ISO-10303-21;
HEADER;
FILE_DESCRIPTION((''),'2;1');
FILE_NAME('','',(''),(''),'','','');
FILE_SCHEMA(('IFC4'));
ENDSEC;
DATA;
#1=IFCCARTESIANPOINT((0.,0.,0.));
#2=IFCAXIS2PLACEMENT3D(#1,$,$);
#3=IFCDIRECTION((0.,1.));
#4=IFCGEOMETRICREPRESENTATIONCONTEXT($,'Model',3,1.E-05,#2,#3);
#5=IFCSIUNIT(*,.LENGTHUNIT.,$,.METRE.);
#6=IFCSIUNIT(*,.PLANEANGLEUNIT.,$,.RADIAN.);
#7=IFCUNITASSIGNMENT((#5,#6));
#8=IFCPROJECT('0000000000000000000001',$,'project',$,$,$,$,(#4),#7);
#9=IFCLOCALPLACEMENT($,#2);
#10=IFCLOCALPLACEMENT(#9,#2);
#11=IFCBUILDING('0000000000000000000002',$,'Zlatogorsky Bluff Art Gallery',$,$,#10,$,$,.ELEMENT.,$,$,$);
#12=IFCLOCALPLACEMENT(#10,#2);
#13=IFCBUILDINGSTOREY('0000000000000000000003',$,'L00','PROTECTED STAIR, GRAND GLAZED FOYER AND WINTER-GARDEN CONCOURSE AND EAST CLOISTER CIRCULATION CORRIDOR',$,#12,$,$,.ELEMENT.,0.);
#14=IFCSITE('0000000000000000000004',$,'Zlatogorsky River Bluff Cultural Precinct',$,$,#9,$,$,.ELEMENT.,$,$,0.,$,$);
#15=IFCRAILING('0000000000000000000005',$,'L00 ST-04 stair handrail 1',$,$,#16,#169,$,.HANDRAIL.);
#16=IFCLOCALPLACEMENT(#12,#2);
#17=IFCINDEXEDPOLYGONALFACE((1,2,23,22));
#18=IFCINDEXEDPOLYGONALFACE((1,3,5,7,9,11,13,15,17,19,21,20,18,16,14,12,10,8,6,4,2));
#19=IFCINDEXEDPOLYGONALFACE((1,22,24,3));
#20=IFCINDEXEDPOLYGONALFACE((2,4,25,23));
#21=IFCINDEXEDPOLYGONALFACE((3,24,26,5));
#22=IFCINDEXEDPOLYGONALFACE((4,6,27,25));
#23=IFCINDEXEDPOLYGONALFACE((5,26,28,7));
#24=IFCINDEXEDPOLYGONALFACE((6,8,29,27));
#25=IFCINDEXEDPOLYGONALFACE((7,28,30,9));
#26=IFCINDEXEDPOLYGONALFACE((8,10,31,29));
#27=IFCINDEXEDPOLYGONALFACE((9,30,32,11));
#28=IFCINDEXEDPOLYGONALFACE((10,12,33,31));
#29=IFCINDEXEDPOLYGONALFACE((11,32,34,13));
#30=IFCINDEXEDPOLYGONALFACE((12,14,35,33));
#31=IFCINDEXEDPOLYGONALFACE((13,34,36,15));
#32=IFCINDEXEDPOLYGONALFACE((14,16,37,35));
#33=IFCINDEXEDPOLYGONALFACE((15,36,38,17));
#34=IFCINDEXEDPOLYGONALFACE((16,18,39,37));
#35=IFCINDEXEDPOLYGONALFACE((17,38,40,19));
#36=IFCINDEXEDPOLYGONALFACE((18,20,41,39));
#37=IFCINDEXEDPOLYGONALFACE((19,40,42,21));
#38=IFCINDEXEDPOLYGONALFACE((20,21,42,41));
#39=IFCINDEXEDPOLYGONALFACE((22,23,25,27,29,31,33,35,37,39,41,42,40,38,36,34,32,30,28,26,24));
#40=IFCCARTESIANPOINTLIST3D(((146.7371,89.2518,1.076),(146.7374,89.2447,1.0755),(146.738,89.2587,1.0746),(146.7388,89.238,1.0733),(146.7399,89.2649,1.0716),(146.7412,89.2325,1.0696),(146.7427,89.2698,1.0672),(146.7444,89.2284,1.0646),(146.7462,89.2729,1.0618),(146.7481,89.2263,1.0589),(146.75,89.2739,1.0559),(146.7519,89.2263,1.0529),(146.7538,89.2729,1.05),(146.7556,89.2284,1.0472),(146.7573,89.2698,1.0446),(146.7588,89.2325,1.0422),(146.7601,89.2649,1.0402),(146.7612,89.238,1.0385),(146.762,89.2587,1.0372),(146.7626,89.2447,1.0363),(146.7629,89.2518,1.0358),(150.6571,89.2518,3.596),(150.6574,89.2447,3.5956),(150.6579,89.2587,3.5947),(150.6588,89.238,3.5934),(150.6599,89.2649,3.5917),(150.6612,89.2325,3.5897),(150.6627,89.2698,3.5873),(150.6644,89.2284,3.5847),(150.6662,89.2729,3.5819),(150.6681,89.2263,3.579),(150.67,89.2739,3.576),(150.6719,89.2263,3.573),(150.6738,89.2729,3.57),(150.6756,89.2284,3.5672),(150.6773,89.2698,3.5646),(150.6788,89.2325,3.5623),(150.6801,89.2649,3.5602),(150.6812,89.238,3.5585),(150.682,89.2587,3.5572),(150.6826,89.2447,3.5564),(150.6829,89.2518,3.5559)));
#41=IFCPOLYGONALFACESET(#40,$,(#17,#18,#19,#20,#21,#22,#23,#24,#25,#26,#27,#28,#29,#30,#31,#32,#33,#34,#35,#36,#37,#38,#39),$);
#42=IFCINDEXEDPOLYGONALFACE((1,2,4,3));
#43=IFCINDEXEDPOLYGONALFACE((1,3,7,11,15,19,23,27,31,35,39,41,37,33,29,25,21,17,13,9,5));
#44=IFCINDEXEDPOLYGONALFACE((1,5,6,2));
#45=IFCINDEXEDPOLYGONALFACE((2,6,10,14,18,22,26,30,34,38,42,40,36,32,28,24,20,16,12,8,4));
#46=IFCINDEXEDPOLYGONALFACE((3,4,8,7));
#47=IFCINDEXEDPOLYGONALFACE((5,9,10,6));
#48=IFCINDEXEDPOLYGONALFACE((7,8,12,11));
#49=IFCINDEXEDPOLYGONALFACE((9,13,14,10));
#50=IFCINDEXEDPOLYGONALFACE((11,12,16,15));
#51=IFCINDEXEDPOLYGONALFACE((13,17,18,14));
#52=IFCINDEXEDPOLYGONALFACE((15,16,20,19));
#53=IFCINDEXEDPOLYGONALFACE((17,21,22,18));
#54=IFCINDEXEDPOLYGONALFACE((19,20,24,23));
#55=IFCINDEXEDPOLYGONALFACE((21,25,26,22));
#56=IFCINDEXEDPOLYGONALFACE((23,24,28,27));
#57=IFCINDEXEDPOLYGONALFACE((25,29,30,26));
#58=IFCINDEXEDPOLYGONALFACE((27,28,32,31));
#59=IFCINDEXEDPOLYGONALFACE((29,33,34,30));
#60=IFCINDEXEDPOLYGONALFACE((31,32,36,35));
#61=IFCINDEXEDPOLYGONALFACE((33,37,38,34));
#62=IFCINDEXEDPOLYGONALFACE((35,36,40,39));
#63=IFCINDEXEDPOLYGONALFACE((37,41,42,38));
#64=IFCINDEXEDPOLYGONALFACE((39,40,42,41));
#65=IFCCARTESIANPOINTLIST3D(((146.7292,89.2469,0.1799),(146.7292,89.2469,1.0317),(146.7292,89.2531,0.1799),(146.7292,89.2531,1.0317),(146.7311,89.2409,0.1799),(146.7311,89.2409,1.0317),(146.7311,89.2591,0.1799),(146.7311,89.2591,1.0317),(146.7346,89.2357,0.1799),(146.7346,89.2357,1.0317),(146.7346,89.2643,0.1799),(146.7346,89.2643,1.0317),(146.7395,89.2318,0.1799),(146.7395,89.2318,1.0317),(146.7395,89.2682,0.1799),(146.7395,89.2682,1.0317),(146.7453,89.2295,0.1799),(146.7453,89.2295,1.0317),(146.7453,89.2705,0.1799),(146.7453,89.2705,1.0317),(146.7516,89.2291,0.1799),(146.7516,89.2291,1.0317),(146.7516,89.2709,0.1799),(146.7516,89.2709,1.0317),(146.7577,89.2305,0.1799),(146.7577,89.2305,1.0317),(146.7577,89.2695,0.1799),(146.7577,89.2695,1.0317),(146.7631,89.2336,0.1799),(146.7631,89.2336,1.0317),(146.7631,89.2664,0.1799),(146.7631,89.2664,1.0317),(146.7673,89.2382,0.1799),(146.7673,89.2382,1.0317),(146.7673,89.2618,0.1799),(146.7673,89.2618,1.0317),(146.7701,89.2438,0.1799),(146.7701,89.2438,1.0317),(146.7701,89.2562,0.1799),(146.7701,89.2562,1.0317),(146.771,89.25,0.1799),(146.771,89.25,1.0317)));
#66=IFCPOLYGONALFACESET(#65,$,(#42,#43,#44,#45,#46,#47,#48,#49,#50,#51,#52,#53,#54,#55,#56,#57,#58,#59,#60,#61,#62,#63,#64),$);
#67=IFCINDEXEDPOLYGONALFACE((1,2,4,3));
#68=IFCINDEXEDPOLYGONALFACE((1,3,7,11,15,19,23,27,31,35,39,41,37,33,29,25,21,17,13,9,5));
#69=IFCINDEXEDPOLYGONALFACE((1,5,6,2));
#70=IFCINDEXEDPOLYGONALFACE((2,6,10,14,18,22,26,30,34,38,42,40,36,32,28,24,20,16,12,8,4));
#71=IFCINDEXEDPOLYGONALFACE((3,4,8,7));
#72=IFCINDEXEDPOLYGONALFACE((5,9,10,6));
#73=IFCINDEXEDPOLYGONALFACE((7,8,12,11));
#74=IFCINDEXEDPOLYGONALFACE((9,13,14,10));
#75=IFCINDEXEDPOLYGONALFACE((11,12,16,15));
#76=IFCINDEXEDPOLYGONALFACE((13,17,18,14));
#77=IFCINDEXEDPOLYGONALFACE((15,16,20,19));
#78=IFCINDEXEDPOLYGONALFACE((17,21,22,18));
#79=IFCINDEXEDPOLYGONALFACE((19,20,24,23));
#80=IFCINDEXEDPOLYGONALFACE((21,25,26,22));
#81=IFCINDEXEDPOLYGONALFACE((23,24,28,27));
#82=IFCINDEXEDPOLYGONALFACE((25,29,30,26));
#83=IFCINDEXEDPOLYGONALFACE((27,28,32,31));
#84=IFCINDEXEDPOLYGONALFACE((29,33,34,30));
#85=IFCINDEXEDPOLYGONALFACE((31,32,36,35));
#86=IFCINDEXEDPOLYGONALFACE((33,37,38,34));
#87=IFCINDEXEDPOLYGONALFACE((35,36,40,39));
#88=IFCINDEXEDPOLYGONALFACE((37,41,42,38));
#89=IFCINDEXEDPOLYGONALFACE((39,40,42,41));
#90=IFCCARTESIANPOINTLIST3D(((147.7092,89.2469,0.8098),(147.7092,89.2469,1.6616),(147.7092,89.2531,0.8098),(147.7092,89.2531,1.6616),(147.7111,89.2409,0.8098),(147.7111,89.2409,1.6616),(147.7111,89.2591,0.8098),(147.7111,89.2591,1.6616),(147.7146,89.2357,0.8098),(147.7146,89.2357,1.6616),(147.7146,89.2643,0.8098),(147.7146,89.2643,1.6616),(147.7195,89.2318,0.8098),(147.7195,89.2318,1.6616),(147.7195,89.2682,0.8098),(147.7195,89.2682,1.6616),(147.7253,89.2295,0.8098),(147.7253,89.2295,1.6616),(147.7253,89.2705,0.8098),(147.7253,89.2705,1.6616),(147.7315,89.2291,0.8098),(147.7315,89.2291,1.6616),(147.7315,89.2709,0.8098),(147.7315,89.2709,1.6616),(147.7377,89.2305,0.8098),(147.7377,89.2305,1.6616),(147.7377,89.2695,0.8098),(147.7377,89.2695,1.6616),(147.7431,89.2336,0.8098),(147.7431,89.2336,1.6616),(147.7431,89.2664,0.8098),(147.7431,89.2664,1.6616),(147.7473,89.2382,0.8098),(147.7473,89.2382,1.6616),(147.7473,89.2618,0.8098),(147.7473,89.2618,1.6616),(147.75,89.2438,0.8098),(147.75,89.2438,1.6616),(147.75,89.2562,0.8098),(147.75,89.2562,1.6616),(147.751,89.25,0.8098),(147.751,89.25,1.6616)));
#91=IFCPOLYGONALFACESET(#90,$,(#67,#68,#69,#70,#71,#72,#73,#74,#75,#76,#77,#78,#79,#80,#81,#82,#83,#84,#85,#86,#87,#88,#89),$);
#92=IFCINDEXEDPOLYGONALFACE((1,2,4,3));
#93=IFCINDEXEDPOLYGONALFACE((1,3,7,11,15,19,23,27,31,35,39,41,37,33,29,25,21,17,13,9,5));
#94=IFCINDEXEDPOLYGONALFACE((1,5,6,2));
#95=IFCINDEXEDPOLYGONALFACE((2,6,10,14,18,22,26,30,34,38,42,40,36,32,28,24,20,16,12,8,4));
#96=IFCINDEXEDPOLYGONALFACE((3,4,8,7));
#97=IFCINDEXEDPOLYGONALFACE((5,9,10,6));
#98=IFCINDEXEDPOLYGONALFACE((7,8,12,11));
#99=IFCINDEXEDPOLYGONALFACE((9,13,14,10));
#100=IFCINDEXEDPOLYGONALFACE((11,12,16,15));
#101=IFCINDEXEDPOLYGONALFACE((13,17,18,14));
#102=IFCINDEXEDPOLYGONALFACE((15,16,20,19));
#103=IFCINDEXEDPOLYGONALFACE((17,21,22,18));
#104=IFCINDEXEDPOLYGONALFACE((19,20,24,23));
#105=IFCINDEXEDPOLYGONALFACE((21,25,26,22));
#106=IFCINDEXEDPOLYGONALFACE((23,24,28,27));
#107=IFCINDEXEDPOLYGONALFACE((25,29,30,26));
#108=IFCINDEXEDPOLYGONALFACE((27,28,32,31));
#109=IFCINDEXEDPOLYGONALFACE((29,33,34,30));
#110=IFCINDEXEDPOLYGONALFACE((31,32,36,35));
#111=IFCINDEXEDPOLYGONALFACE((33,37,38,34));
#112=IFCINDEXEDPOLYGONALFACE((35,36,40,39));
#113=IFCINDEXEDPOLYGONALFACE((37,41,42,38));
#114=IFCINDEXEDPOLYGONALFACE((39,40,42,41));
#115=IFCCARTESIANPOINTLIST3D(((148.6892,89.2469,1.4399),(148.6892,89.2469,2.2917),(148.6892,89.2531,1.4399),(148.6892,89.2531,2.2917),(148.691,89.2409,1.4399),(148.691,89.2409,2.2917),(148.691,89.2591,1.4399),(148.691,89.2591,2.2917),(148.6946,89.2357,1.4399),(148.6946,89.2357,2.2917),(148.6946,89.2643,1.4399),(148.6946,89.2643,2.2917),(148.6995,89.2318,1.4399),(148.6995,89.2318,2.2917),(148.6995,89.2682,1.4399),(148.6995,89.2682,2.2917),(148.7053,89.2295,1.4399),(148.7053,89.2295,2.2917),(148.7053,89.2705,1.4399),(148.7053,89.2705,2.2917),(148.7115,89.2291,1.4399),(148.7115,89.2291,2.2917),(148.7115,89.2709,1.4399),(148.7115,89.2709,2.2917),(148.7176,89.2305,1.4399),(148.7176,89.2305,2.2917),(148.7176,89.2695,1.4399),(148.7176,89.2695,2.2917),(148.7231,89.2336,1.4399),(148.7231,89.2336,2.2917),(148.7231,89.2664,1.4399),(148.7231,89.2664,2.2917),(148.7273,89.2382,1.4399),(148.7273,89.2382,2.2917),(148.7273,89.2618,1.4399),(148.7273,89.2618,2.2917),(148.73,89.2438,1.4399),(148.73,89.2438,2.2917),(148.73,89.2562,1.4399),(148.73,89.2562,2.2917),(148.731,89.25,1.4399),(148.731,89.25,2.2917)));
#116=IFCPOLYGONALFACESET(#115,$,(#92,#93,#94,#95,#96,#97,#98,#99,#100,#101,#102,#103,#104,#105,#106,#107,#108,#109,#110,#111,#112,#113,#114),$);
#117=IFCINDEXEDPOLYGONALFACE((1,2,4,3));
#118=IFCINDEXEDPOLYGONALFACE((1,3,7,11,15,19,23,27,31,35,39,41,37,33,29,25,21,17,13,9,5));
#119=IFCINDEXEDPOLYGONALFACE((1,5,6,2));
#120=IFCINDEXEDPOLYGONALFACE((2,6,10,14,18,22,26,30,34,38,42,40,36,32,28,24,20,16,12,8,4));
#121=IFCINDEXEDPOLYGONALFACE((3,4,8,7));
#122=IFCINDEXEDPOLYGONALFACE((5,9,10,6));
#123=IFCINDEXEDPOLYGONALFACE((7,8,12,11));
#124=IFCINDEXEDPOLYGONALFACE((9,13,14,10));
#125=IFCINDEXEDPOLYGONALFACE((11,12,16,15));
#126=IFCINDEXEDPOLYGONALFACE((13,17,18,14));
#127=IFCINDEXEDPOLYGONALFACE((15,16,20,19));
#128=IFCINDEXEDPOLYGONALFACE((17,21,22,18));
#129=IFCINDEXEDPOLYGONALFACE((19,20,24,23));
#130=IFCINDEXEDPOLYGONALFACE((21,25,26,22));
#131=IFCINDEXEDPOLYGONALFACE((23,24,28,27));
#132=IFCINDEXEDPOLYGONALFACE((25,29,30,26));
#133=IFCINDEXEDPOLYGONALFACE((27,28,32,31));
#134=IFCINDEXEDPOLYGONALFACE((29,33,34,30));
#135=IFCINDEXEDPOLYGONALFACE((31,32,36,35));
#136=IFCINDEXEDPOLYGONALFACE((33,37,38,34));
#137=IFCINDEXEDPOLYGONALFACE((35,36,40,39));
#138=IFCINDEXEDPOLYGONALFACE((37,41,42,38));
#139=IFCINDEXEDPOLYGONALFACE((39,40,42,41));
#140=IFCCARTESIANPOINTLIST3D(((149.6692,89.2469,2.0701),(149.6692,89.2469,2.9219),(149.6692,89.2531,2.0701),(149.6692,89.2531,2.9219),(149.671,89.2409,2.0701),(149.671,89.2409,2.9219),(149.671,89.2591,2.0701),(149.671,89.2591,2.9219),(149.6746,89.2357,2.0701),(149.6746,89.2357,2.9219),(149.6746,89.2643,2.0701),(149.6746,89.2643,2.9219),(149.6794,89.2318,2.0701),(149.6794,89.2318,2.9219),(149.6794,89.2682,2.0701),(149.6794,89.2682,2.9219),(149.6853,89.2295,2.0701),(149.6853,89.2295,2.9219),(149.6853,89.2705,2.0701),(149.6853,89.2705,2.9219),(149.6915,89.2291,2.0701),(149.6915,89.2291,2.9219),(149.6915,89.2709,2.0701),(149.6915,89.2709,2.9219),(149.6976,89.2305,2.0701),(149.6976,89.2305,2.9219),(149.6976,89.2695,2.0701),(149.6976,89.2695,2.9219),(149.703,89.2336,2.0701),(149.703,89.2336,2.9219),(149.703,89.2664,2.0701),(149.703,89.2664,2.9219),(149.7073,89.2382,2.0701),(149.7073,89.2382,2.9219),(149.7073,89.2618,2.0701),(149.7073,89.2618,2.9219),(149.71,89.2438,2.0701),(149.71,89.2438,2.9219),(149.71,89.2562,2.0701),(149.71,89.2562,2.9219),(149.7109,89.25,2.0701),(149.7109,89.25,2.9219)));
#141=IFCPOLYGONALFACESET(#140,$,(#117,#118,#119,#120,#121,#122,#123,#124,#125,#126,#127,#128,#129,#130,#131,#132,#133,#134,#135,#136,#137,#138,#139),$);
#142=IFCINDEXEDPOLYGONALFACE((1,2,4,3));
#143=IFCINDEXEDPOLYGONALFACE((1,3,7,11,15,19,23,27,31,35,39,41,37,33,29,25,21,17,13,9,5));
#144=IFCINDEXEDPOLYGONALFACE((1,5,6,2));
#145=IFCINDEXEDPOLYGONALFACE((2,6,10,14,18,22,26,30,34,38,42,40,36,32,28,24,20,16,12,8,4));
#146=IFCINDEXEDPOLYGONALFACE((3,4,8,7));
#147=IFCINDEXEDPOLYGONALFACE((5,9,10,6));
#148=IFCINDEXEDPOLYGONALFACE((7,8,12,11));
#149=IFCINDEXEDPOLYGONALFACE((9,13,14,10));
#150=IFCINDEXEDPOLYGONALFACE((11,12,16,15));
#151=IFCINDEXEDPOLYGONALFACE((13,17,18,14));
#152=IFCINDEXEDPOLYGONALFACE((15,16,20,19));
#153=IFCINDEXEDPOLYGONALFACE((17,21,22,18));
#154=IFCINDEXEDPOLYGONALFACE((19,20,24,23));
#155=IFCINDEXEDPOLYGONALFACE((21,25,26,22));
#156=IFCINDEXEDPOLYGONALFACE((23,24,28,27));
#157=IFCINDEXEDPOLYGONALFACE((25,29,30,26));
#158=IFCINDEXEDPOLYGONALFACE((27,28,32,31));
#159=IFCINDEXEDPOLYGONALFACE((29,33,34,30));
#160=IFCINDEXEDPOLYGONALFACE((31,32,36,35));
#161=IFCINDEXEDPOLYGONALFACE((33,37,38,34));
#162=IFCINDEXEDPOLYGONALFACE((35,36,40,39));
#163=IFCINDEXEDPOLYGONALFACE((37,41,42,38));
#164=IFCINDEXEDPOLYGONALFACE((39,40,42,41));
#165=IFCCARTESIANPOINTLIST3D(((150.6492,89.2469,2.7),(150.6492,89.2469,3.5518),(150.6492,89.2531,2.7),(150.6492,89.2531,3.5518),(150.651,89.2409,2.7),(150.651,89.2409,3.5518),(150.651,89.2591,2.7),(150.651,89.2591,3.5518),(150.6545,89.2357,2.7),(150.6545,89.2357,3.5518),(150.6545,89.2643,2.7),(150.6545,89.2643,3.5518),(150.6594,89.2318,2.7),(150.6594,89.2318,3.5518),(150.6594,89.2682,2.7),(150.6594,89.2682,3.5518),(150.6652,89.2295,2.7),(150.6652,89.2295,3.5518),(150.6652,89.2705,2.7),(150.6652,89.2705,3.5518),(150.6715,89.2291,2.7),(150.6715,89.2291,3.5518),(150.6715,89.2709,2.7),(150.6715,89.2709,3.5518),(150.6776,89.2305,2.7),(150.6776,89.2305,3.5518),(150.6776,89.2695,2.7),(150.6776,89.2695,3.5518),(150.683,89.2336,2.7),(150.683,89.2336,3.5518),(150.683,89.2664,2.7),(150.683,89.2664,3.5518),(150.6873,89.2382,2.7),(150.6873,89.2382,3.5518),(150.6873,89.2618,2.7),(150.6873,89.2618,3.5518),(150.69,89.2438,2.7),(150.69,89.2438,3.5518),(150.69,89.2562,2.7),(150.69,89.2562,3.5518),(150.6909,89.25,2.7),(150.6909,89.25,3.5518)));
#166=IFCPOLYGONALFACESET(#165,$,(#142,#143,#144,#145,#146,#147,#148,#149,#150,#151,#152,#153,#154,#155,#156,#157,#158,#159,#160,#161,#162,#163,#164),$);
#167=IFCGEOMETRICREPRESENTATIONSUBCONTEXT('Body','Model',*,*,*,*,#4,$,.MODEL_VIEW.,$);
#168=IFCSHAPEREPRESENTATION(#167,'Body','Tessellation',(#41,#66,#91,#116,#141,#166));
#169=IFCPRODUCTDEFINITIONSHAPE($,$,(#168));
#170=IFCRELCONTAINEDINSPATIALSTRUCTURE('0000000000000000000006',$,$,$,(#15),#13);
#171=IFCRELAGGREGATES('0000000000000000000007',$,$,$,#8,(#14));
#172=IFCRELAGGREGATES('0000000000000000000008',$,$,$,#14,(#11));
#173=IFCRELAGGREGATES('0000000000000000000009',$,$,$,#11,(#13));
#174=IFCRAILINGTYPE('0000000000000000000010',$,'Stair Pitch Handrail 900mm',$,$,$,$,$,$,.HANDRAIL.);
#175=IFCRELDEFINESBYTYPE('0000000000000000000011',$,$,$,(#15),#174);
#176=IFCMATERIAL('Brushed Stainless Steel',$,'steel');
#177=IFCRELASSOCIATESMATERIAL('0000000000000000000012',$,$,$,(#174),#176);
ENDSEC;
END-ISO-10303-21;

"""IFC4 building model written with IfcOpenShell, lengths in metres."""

from ifc_helpers import new_model, si_unit, direction, frame, origin, origin_2d, place, context, subcontext, project, spatial, circle, extrude, material, type_object, element, save


model = new_model("IFC4")

# Units and contexts
model_context = context("Model", 3, precision=1e-05, world=origin(), true_north=direction((0.0, 1.0)))
body_context = subcontext(model_context, "Body", "Model", "MODEL_VIEW")
ifc_project = project(units=[si_unit("LENGTHUNIT", "METRE"), si_unit("PLANEANGLEUNIT", "RADIAN")], contexts=[model_context])

# Site, building, storey
site_placement = place(None, origin())
site = spatial("IfcSite", under=ifc_project, at=site_placement, Name="Zlatogorsky River Bluff Cultural Precinct", CompositionType="ELEMENT", RefElevation=0.0)
building_placement = place(site_placement, origin())
building = spatial("IfcBuilding", under=site, at=building_placement, Name="Zlatogorsky Bluff Art Gallery", CompositionType="ELEMENT")
storey_placement = place(building_placement, origin())
storey = spatial("IfcBuildingStorey", under=building, at=storey_placement, Name="L00", Description="PROTECTED STAIR, GRAND GLAZED FOYER AND WINTER-GARDEN CONCOURSE AND EAST CLOISTER CIRCULATION CORRIDOR", CompositionType="ELEMENT", Elevation=0.0)

# Railing
ifc_material_1 = material(Name="Brushed Stainless Steel", Category="steel")
railing_type_1 = type_object("IfcRailingType", Name="Stair Pitch Handrail 900mm", PredefinedType="HANDRAIL", material=ifc_material_1)
railing_1_placement = place(storey_placement, frame((146.75, 89.25, 0.1799)))
element("IfcRailing", 1, at=railing_1_placement, inside=storey, type_object=railing_type_1, Name="L00 ST-04 stair handrail 1", PredefinedType="HANDRAIL", context=body_context, shape_type="SweptSolid", body=[
    extrude(circle(Radius=0.0239, at=origin_2d()), frame((0.0, 0.0, 0.876), z_axis=(0.841172, 0.0, 0.540768), x_axis=(0.0, 1.0, 0.0)), (0.0, 0.0, 1.0), 4.6602),
    extrude(circle(Radius=0.021, at=origin_2d()), origin(), (0.0, 0.0, 1.0), 0.8518),
    extrude(circle(Radius=0.021, at=origin_2d()), frame((0.98, 0.0, 0.6299)), (0.0, 0.0, 1.0), 0.8518),
    extrude(circle(Radius=0.021, at=origin_2d()), frame((1.96, 0.0, 1.26)), (0.0, 0.0, 1.0), 0.8518),
    extrude(circle(Radius=0.021, at=origin_2d()), frame((2.9399, 0.0, 1.8901)), (0.0, 0.0, 1.0), 0.8518),
    extrude(circle(Radius=0.021, at=origin_2d()), frame((3.9199, 0.0, 2.52)), (0.0, 0.0, 1.0), 0.8518),
])

save(model, "model.ifc")
